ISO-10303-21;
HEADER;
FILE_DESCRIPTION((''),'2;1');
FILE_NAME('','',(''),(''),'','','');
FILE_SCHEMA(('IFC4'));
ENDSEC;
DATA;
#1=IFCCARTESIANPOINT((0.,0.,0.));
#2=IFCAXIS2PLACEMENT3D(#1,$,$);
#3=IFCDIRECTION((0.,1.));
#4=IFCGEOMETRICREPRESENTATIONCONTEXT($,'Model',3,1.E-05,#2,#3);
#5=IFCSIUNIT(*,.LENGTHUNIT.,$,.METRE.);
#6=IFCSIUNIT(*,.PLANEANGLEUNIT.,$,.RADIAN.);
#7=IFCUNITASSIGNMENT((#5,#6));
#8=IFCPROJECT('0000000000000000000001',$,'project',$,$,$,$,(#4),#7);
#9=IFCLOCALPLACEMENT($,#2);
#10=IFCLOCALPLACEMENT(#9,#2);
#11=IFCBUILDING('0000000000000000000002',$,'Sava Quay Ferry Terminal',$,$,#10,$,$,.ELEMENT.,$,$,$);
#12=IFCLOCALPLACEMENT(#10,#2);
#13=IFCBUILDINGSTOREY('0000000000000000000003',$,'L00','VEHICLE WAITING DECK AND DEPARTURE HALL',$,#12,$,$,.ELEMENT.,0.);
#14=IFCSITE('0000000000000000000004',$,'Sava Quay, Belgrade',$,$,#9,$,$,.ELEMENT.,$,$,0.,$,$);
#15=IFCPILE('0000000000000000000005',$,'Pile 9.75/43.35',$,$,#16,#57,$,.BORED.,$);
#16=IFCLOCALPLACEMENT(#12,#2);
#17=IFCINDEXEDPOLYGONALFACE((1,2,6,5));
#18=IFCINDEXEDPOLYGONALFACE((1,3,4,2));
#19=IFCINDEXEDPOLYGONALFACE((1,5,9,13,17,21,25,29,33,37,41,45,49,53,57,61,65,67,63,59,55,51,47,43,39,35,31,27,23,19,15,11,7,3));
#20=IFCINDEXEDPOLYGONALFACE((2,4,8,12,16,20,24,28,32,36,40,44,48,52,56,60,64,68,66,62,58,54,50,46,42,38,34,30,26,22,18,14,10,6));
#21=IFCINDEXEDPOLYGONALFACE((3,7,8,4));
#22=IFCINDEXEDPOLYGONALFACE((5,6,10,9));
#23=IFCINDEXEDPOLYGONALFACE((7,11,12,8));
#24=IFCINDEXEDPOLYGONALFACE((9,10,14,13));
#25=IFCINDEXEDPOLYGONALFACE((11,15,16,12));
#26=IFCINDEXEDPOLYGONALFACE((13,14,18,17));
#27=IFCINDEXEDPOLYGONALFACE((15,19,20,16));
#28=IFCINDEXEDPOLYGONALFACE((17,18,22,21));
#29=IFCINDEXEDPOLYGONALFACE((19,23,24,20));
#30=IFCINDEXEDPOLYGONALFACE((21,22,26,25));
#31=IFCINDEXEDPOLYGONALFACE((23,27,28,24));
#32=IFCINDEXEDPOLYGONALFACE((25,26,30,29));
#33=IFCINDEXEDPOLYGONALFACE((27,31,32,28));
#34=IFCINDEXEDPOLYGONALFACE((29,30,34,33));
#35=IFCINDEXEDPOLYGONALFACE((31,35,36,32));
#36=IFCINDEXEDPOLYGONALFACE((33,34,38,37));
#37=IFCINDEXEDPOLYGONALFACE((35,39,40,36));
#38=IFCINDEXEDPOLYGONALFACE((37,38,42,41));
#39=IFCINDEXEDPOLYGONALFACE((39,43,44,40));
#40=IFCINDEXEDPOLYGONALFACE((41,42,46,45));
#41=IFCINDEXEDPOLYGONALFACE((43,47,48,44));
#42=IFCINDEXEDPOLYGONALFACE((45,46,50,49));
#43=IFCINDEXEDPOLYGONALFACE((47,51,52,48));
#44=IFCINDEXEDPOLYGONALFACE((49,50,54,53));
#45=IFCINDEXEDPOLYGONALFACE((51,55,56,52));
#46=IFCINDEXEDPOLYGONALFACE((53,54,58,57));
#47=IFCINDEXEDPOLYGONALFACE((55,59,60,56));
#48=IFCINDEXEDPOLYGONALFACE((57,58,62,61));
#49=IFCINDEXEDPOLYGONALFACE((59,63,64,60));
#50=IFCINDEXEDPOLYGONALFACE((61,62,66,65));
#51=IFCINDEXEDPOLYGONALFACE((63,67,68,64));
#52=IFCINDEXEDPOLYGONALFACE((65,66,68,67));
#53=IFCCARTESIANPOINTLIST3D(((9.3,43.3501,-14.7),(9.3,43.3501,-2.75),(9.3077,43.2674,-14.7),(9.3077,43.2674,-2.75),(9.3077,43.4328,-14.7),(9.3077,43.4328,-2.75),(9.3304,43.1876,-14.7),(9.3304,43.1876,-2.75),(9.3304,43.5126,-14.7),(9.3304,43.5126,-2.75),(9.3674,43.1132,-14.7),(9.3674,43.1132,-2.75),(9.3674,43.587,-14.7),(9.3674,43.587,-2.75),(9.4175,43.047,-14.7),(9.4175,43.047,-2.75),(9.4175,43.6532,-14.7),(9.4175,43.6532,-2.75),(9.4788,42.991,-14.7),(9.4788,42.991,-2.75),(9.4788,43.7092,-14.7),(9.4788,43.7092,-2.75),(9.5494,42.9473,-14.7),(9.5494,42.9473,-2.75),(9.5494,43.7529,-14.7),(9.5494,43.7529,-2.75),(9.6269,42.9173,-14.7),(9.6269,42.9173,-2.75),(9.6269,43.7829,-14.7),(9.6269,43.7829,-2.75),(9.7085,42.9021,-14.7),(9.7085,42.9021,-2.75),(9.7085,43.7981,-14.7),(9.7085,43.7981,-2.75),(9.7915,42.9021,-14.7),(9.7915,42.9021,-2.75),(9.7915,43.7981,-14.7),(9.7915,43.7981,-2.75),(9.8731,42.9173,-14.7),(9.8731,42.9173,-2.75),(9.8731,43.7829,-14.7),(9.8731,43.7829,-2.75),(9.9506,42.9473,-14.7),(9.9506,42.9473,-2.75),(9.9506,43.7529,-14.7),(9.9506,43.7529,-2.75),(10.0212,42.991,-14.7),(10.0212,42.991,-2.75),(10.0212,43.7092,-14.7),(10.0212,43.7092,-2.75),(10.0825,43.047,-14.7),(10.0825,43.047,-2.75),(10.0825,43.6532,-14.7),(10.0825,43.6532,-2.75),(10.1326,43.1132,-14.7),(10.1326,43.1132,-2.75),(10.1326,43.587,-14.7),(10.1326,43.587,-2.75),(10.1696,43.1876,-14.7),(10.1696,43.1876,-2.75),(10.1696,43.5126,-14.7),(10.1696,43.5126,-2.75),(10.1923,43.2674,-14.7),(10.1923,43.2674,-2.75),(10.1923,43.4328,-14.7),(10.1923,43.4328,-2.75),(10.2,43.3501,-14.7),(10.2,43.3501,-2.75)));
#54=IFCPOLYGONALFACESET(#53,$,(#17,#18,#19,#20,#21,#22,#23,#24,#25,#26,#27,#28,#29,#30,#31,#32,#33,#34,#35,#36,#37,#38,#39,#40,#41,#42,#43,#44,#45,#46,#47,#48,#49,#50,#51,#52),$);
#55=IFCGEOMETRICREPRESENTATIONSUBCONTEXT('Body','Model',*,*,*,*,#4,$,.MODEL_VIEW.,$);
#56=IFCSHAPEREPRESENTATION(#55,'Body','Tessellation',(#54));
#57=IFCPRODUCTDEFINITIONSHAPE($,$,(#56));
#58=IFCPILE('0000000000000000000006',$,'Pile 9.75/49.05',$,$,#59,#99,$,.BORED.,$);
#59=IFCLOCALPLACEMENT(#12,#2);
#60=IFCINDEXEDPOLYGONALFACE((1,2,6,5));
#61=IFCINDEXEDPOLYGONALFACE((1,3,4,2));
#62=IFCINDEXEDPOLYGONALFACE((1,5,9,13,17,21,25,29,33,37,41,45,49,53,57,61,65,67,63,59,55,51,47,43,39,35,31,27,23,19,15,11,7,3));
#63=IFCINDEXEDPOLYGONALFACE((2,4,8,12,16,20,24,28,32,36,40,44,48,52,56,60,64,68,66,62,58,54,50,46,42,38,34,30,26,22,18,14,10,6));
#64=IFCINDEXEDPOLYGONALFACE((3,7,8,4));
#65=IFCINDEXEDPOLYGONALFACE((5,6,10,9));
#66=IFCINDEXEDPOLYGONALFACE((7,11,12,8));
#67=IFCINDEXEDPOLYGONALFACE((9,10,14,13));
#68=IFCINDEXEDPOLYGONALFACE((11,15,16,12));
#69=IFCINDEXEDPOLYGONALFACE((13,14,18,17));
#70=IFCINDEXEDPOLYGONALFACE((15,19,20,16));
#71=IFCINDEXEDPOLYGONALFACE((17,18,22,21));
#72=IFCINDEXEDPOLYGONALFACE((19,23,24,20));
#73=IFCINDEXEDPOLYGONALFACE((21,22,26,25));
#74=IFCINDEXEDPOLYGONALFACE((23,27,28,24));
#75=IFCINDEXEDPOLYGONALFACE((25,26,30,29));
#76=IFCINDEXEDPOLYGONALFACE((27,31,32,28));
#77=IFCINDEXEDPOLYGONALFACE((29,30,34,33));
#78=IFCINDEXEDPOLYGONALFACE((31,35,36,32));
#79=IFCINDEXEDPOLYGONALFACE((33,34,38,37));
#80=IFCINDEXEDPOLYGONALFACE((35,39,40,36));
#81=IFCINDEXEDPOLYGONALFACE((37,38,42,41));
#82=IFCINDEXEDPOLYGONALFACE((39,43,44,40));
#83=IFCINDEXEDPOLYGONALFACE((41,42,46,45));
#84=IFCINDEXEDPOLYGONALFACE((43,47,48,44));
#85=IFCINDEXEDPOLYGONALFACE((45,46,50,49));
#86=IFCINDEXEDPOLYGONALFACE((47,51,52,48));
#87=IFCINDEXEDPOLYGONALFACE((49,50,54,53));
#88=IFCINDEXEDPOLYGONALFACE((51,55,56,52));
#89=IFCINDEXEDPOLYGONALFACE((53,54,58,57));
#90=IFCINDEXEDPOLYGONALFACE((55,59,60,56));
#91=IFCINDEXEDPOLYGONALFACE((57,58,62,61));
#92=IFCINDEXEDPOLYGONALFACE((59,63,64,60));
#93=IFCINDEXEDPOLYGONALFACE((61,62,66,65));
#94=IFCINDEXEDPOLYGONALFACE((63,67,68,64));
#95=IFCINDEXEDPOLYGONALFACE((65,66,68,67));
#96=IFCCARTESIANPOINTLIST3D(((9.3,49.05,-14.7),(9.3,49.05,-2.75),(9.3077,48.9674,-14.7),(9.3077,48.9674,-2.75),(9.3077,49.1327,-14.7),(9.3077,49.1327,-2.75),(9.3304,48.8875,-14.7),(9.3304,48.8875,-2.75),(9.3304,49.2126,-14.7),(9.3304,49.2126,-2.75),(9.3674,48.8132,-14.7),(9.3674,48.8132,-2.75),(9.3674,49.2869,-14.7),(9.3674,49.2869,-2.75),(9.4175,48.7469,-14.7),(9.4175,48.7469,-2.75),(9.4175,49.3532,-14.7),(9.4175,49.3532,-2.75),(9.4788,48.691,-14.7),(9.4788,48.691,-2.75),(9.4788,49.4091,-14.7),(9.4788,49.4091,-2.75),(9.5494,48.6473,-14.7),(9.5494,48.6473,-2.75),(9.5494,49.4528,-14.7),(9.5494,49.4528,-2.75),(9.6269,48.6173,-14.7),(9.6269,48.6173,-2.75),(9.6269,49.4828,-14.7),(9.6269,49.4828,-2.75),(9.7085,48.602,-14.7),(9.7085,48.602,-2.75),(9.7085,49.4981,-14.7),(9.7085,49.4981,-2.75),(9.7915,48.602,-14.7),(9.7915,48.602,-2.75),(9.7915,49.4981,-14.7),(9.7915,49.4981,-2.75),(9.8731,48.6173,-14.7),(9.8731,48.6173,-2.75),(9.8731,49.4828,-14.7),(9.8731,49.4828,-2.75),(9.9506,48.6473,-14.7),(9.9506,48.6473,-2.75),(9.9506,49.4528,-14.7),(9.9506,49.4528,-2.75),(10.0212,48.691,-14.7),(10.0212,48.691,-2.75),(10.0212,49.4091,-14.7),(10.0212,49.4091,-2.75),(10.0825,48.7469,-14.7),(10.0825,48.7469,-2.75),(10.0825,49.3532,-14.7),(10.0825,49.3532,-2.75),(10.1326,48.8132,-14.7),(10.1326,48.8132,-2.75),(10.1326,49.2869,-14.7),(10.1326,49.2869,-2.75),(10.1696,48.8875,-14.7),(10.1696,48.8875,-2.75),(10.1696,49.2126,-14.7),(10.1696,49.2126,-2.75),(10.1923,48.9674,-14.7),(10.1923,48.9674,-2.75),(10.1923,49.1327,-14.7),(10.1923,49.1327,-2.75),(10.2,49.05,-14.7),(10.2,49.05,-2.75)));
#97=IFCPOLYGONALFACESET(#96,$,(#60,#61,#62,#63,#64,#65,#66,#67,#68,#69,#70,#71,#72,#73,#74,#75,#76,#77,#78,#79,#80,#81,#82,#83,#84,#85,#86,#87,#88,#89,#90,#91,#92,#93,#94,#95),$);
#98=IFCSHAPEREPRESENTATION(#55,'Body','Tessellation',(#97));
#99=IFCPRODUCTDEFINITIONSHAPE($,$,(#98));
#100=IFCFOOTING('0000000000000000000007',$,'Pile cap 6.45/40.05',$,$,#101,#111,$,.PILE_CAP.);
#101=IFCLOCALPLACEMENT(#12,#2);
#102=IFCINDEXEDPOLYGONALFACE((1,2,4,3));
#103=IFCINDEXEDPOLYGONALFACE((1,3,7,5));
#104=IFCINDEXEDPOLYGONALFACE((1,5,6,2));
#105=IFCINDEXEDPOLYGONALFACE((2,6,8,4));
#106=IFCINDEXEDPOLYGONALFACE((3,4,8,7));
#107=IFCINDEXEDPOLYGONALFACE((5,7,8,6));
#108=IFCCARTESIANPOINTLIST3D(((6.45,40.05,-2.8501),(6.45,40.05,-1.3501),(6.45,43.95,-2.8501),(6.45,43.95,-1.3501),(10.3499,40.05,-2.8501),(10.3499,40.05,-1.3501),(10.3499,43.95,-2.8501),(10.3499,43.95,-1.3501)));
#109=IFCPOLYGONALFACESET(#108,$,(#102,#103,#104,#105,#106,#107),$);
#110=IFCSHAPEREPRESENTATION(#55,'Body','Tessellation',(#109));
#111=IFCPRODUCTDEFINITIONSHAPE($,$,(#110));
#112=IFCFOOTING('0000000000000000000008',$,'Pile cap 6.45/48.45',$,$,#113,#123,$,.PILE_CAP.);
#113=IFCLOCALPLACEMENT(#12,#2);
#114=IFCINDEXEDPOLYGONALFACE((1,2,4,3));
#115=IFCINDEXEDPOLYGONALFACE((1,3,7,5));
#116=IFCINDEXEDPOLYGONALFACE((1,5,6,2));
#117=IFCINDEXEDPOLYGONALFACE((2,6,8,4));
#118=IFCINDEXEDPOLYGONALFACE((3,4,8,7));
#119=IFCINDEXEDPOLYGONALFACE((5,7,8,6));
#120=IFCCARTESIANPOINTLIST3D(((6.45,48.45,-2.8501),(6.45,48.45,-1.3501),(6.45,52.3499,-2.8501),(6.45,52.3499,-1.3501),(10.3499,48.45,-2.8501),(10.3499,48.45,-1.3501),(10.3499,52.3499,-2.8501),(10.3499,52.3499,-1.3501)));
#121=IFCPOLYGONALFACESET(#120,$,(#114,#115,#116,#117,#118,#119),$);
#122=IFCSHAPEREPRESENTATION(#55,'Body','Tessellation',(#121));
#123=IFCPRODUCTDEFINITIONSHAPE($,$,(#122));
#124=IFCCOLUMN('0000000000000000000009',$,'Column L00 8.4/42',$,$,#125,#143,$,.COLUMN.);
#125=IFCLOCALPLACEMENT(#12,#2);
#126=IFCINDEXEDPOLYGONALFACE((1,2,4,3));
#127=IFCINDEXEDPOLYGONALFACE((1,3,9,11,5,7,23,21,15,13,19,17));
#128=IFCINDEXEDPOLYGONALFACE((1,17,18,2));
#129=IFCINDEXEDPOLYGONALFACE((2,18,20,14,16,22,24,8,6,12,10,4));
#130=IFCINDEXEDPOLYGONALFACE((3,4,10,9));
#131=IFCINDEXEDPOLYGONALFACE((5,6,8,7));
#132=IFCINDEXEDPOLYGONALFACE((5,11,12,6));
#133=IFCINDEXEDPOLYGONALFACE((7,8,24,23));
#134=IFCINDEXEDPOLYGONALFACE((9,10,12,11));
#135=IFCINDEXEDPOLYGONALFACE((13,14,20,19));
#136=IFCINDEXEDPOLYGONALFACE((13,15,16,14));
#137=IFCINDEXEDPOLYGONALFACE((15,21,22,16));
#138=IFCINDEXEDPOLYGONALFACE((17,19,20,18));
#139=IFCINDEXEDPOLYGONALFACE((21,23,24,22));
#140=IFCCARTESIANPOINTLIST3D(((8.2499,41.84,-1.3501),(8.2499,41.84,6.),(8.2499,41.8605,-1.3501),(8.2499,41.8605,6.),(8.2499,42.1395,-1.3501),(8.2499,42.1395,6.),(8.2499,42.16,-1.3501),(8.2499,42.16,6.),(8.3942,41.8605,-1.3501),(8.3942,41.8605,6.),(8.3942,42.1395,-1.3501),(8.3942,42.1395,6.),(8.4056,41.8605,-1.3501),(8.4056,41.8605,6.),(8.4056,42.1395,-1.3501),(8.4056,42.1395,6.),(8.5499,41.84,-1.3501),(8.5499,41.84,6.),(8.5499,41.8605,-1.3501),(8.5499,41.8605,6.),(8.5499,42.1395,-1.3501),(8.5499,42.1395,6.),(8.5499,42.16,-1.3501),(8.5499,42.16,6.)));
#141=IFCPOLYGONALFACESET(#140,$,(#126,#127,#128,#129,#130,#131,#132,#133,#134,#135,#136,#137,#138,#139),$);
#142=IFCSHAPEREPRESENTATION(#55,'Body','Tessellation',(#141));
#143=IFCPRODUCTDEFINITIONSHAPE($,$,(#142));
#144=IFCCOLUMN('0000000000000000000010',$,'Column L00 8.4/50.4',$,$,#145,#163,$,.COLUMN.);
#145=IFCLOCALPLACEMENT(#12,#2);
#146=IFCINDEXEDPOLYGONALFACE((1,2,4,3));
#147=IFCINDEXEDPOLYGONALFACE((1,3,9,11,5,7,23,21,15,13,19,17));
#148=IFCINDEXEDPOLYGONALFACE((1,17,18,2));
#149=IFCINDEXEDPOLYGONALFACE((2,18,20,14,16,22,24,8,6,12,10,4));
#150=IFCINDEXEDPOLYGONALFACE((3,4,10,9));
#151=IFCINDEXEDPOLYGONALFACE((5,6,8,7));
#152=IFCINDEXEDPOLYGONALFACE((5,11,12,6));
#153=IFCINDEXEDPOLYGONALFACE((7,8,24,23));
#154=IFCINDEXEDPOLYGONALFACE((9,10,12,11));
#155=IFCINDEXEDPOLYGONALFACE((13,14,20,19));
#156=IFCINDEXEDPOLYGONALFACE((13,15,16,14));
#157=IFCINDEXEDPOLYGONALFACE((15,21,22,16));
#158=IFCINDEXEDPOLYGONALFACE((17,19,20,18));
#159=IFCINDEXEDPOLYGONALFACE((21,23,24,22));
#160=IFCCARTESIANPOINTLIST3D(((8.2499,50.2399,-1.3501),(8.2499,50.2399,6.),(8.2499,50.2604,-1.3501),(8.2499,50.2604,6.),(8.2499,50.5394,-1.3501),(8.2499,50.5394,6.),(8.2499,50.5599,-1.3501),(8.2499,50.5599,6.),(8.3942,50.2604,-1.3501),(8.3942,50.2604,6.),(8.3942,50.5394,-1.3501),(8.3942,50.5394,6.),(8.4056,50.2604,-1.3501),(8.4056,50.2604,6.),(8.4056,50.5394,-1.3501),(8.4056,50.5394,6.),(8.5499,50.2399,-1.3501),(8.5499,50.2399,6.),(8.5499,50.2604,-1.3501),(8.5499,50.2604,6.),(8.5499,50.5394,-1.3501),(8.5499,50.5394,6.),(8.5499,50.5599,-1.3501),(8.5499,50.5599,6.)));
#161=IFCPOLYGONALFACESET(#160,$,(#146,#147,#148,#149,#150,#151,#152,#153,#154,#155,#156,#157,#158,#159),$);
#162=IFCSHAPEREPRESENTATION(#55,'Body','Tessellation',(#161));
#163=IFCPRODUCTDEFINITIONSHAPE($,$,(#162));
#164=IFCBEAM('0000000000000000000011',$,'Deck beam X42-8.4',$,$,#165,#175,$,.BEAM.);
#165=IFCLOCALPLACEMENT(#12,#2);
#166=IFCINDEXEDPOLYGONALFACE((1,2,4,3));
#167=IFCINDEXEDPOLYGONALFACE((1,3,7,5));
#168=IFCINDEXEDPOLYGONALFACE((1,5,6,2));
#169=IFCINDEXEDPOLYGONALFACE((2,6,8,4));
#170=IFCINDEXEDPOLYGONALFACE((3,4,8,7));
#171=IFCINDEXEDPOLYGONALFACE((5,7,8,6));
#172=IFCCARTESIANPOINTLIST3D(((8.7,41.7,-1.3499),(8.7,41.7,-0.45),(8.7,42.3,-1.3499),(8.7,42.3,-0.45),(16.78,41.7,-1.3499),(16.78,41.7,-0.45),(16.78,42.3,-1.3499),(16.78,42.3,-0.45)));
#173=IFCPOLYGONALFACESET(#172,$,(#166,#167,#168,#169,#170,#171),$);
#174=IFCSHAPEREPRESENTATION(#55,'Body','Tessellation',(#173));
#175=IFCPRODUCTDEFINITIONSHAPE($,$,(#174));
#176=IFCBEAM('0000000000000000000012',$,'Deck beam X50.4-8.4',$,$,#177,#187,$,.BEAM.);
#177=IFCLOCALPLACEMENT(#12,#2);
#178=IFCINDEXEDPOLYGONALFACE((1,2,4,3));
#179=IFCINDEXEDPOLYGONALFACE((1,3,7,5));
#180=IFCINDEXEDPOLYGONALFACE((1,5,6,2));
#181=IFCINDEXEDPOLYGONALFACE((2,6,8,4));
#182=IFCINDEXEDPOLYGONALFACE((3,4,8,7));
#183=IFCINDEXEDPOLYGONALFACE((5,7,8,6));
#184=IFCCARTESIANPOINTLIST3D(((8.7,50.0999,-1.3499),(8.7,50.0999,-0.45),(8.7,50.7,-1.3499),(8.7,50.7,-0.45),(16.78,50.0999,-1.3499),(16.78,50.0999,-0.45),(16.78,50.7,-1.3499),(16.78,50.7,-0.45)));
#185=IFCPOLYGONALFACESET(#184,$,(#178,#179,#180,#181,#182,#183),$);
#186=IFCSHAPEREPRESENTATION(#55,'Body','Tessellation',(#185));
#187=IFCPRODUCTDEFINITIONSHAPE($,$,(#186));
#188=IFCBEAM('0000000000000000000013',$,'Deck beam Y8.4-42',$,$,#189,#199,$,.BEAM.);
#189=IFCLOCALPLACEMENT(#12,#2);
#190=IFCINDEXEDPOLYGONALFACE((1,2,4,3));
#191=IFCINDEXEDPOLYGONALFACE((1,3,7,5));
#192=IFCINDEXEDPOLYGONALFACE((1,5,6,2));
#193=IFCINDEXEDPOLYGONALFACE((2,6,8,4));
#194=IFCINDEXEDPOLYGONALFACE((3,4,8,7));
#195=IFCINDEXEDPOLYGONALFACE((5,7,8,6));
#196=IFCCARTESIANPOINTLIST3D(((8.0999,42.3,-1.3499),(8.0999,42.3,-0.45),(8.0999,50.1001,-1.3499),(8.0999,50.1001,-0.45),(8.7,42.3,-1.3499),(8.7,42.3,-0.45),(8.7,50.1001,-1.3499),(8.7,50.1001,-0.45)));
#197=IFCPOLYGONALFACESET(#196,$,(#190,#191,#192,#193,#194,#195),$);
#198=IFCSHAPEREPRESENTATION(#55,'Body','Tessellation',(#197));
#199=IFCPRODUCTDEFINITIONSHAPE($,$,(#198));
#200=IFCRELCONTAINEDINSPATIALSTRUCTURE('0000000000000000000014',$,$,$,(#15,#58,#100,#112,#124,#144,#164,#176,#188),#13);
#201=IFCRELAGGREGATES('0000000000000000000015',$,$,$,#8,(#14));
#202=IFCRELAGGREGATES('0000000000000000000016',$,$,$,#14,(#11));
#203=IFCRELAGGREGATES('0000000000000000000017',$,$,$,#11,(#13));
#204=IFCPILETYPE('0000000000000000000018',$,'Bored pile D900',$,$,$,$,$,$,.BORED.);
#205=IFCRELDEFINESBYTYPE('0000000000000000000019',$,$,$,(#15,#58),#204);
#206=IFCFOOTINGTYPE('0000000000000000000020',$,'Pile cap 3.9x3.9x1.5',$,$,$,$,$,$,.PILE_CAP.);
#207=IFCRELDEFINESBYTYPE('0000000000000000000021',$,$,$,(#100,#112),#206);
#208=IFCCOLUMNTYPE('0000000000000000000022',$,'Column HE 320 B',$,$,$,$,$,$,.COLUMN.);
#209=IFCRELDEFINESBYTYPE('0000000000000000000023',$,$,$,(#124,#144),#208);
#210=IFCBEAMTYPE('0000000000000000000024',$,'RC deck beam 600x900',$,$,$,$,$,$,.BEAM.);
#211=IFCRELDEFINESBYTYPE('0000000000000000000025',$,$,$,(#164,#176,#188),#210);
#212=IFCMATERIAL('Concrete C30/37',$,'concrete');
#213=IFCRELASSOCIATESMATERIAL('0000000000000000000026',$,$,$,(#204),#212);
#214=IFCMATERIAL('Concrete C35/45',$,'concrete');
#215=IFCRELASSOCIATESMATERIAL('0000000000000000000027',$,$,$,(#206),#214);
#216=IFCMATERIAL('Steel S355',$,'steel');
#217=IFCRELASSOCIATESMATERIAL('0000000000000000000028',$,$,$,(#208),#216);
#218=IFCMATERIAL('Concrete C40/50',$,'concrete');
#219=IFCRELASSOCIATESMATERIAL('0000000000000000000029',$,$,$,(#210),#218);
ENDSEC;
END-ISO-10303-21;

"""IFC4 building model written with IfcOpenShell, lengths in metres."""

from ifc_helpers import new_model, si_unit, direction, frame, origin, origin_2d, place, context, subcontext, project, spatial, rectangle, circle, i_section, extrude, material, material_profile, profile_set, type_object, element, save


model = new_model("IFC4")

# Units and contexts
model_context = context("Model", 3, precision=1e-05, world=origin(), true_north=direction((0.0, 1.0)))
body_context = subcontext(model_context, "Body", "Model", "MODEL_VIEW")
ifc_project = project(units=[si_unit("LENGTHUNIT", "METRE"), si_unit("PLANEANGLEUNIT", "RADIAN")], contexts=[model_context])

# Site, building, storey
site_placement = place(None, origin())
site = spatial("IfcSite", under=ifc_project, at=site_placement, Name="Sava Quay, Belgrade", CompositionType="ELEMENT", RefElevation=0.0)
building_placement = place(site_placement, origin())
building = spatial("IfcBuilding", under=site, at=building_placement, Name="Sava Quay Ferry Terminal", CompositionType="ELEMENT")
storey_placement = place(building_placement, origin())
storey = spatial("IfcBuildingStorey", under=building, at=storey_placement, Name="L00", Description="VEHICLE WAITING DECK AND DEPARTURE HALL", CompositionType="ELEMENT", Elevation=0.0)

# Piles
ifc_material_1 = material(Name="Concrete C30/37", Category="concrete")
ifc_material_profile_1 = material_profile(ifc_material_1, circle(Radius=0.45, at=origin_2d()), Name="Bored pile D900")
ifc_profile_set_1 = profile_set([ifc_material_profile_1], Name="Concrete C30/37")
pile_type = type_object("IfcPileType", Name="Bored pile D900", PredefinedType="BORED", material=ifc_profile_set_1)
for number, where, z_axis, x_axis, name in (
    (1, (9.75, 43.3501, -2.75), (0.0, 0.0, -1.0), (1.0, 0.0, 0.0), "Pile 9.75/43.35"),
    (2, (9.75, 49.05, -2.75), (0.0, 0.0, -1.0), (1.0, 0.0, 0.0), "Pile 9.75/49.05"),
):
    element("IfcPile", number, at=place(storey_placement, frame(where, z_axis=z_axis, x_axis=x_axis)), inside=storey, type_object=pile_type, Name=name, PredefinedType="BORED", context=body_context, shape_type="SweptSolid", body=[
        extrude(circle(Radius=0.45, at=origin_2d()), origin(), (0.0, 0.0, 1.0), 11.95),
    ])

# Footings
ifc_material_2 = material(Name="Concrete C35/45", Category="concrete")
footing_type = type_object("IfcFootingType", Name="Pile cap 3.9x3.9x1.5", PredefinedType="PILE_CAP", material=ifc_material_2)
for number, where, z_axis, x_axis, name in (
    (3, (8.3999, 42.0, -2.8501), (0.0, 0.0, 1.0), (1.0, 0.0, 0.0), "Pile cap 6.45/40.05"),
    (4, (8.3999, 50.3999, -2.8501), (0.0, 0.0, 1.0), (1.0, 0.0, 0.0), "Pile cap 6.45/48.45"),
):
    element("IfcFooting", number, at=place(storey_placement, frame(where, z_axis=z_axis, x_axis=x_axis)), inside=storey, type_object=footing_type, Name=name, PredefinedType="PILE_CAP", context=body_context, shape_type="SweptSolid", body=[
        extrude(rectangle(XDim=3.8999, YDim=3.8999, at=origin_2d()), origin(), (0.0, 0.0, 1.0), 1.5),
    ])

# Columns
ifc_material_3 = material(Name="Steel S355", Category="steel")
ifc_material_profile_2 = material_profile(ifc_material_3, i_section(OverallWidth=0.3, OverallDepth=0.3201, WebThickness=0.0115, FlangeThickness=0.0205, at=origin_2d()), Name="HE 320 B")
ifc_profile_set_2 = profile_set([ifc_material_profile_2], Name="Steel S355")
column_type = type_object("IfcColumnType", Name="Column HE 320 B", PredefinedType="COLUMN", material=ifc_profile_set_2)
for number, where, z_axis, x_axis, name in (
    (5, (8.3999, 42.0, -1.3501), (0.0, 0.0, 1.0), (1.0, 0.0, 0.0), "Column L00 8.4/42"),
    (6, (8.3999, 50.3999, -1.3501), (0.0, 0.0, 1.0), (1.0, 0.0, 0.0), "Column L00 8.4/50.4"),
):
    element("IfcColumn", number, at=place(storey_placement, frame(where, z_axis=z_axis, x_axis=x_axis)), inside=storey, type_object=column_type, Name=name, PredefinedType="COLUMN", context=body_context, shape_type="SweptSolid", body=[
        extrude(i_section(OverallWidth=0.3, OverallDepth=0.3201, WebThickness=0.0115, FlangeThickness=0.0205, at=origin_2d()), origin(), (0.0, 0.0, 1.0), 7.3501),
    ])

# Beams
ifc_material_4 = material(Name="Concrete C40/50", Category="concrete")
ifc_material_profile_3 = material_profile(ifc_material_4, rectangle(XDim=0.6001, YDim=0.8999, at=origin_2d()), Name="RC 600x900")
ifc_profile_set_3 = profile_set([ifc_material_profile_3], Name="Concrete C40/50")
beam_type = type_object("IfcBeamType", Name="RC deck beam 600x900", PredefinedType="BEAM", material=ifc_profile_set_3)
for number, where, z_axis, x_axis, name in (
    (7, (8.7, 42.0, -0.8999), (1.0, 0.0, 0.0), (0.0, 1.0, 0.0), "Deck beam X42-8.4"),
    (8, (8.7, 50.3999, -0.8999), (1.0, 0.0, 0.0), (0.0, 1.0, 0.0), "Deck beam X50.4-8.4"),
):
    element("IfcBeam", number, at=place(storey_placement, frame(where, z_axis=z_axis, x_axis=x_axis)), inside=storey, type_object=beam_type, Name=name, PredefinedType="BEAM", context=body_context, shape_type="SweptSolid", body=[
        extrude(rectangle(XDim=0.6001, YDim=0.8999, at=origin_2d()), origin(), (0.0, 0.0, 1.0), 8.0801),
    ])
beam_placement = place(storey_placement, frame((8.3999, 42.3, -0.8999), z_axis=(0.0, 1.0, 0.0), x_axis=(-1.0, 0.0, 0.0)))
element("IfcBeam", 9, at=beam_placement, inside=storey, type_object=beam_type, Name="Deck beam Y8.4-42", PredefinedType="BEAM", context=body_context, shape_type="SweptSolid", body=[
    extrude(rectangle(XDim=0.6001, YDim=0.8999, at=origin_2d()), origin(), (0.0, 0.0, 1.0), 7.8),
])

save(model, "model.ifc")
